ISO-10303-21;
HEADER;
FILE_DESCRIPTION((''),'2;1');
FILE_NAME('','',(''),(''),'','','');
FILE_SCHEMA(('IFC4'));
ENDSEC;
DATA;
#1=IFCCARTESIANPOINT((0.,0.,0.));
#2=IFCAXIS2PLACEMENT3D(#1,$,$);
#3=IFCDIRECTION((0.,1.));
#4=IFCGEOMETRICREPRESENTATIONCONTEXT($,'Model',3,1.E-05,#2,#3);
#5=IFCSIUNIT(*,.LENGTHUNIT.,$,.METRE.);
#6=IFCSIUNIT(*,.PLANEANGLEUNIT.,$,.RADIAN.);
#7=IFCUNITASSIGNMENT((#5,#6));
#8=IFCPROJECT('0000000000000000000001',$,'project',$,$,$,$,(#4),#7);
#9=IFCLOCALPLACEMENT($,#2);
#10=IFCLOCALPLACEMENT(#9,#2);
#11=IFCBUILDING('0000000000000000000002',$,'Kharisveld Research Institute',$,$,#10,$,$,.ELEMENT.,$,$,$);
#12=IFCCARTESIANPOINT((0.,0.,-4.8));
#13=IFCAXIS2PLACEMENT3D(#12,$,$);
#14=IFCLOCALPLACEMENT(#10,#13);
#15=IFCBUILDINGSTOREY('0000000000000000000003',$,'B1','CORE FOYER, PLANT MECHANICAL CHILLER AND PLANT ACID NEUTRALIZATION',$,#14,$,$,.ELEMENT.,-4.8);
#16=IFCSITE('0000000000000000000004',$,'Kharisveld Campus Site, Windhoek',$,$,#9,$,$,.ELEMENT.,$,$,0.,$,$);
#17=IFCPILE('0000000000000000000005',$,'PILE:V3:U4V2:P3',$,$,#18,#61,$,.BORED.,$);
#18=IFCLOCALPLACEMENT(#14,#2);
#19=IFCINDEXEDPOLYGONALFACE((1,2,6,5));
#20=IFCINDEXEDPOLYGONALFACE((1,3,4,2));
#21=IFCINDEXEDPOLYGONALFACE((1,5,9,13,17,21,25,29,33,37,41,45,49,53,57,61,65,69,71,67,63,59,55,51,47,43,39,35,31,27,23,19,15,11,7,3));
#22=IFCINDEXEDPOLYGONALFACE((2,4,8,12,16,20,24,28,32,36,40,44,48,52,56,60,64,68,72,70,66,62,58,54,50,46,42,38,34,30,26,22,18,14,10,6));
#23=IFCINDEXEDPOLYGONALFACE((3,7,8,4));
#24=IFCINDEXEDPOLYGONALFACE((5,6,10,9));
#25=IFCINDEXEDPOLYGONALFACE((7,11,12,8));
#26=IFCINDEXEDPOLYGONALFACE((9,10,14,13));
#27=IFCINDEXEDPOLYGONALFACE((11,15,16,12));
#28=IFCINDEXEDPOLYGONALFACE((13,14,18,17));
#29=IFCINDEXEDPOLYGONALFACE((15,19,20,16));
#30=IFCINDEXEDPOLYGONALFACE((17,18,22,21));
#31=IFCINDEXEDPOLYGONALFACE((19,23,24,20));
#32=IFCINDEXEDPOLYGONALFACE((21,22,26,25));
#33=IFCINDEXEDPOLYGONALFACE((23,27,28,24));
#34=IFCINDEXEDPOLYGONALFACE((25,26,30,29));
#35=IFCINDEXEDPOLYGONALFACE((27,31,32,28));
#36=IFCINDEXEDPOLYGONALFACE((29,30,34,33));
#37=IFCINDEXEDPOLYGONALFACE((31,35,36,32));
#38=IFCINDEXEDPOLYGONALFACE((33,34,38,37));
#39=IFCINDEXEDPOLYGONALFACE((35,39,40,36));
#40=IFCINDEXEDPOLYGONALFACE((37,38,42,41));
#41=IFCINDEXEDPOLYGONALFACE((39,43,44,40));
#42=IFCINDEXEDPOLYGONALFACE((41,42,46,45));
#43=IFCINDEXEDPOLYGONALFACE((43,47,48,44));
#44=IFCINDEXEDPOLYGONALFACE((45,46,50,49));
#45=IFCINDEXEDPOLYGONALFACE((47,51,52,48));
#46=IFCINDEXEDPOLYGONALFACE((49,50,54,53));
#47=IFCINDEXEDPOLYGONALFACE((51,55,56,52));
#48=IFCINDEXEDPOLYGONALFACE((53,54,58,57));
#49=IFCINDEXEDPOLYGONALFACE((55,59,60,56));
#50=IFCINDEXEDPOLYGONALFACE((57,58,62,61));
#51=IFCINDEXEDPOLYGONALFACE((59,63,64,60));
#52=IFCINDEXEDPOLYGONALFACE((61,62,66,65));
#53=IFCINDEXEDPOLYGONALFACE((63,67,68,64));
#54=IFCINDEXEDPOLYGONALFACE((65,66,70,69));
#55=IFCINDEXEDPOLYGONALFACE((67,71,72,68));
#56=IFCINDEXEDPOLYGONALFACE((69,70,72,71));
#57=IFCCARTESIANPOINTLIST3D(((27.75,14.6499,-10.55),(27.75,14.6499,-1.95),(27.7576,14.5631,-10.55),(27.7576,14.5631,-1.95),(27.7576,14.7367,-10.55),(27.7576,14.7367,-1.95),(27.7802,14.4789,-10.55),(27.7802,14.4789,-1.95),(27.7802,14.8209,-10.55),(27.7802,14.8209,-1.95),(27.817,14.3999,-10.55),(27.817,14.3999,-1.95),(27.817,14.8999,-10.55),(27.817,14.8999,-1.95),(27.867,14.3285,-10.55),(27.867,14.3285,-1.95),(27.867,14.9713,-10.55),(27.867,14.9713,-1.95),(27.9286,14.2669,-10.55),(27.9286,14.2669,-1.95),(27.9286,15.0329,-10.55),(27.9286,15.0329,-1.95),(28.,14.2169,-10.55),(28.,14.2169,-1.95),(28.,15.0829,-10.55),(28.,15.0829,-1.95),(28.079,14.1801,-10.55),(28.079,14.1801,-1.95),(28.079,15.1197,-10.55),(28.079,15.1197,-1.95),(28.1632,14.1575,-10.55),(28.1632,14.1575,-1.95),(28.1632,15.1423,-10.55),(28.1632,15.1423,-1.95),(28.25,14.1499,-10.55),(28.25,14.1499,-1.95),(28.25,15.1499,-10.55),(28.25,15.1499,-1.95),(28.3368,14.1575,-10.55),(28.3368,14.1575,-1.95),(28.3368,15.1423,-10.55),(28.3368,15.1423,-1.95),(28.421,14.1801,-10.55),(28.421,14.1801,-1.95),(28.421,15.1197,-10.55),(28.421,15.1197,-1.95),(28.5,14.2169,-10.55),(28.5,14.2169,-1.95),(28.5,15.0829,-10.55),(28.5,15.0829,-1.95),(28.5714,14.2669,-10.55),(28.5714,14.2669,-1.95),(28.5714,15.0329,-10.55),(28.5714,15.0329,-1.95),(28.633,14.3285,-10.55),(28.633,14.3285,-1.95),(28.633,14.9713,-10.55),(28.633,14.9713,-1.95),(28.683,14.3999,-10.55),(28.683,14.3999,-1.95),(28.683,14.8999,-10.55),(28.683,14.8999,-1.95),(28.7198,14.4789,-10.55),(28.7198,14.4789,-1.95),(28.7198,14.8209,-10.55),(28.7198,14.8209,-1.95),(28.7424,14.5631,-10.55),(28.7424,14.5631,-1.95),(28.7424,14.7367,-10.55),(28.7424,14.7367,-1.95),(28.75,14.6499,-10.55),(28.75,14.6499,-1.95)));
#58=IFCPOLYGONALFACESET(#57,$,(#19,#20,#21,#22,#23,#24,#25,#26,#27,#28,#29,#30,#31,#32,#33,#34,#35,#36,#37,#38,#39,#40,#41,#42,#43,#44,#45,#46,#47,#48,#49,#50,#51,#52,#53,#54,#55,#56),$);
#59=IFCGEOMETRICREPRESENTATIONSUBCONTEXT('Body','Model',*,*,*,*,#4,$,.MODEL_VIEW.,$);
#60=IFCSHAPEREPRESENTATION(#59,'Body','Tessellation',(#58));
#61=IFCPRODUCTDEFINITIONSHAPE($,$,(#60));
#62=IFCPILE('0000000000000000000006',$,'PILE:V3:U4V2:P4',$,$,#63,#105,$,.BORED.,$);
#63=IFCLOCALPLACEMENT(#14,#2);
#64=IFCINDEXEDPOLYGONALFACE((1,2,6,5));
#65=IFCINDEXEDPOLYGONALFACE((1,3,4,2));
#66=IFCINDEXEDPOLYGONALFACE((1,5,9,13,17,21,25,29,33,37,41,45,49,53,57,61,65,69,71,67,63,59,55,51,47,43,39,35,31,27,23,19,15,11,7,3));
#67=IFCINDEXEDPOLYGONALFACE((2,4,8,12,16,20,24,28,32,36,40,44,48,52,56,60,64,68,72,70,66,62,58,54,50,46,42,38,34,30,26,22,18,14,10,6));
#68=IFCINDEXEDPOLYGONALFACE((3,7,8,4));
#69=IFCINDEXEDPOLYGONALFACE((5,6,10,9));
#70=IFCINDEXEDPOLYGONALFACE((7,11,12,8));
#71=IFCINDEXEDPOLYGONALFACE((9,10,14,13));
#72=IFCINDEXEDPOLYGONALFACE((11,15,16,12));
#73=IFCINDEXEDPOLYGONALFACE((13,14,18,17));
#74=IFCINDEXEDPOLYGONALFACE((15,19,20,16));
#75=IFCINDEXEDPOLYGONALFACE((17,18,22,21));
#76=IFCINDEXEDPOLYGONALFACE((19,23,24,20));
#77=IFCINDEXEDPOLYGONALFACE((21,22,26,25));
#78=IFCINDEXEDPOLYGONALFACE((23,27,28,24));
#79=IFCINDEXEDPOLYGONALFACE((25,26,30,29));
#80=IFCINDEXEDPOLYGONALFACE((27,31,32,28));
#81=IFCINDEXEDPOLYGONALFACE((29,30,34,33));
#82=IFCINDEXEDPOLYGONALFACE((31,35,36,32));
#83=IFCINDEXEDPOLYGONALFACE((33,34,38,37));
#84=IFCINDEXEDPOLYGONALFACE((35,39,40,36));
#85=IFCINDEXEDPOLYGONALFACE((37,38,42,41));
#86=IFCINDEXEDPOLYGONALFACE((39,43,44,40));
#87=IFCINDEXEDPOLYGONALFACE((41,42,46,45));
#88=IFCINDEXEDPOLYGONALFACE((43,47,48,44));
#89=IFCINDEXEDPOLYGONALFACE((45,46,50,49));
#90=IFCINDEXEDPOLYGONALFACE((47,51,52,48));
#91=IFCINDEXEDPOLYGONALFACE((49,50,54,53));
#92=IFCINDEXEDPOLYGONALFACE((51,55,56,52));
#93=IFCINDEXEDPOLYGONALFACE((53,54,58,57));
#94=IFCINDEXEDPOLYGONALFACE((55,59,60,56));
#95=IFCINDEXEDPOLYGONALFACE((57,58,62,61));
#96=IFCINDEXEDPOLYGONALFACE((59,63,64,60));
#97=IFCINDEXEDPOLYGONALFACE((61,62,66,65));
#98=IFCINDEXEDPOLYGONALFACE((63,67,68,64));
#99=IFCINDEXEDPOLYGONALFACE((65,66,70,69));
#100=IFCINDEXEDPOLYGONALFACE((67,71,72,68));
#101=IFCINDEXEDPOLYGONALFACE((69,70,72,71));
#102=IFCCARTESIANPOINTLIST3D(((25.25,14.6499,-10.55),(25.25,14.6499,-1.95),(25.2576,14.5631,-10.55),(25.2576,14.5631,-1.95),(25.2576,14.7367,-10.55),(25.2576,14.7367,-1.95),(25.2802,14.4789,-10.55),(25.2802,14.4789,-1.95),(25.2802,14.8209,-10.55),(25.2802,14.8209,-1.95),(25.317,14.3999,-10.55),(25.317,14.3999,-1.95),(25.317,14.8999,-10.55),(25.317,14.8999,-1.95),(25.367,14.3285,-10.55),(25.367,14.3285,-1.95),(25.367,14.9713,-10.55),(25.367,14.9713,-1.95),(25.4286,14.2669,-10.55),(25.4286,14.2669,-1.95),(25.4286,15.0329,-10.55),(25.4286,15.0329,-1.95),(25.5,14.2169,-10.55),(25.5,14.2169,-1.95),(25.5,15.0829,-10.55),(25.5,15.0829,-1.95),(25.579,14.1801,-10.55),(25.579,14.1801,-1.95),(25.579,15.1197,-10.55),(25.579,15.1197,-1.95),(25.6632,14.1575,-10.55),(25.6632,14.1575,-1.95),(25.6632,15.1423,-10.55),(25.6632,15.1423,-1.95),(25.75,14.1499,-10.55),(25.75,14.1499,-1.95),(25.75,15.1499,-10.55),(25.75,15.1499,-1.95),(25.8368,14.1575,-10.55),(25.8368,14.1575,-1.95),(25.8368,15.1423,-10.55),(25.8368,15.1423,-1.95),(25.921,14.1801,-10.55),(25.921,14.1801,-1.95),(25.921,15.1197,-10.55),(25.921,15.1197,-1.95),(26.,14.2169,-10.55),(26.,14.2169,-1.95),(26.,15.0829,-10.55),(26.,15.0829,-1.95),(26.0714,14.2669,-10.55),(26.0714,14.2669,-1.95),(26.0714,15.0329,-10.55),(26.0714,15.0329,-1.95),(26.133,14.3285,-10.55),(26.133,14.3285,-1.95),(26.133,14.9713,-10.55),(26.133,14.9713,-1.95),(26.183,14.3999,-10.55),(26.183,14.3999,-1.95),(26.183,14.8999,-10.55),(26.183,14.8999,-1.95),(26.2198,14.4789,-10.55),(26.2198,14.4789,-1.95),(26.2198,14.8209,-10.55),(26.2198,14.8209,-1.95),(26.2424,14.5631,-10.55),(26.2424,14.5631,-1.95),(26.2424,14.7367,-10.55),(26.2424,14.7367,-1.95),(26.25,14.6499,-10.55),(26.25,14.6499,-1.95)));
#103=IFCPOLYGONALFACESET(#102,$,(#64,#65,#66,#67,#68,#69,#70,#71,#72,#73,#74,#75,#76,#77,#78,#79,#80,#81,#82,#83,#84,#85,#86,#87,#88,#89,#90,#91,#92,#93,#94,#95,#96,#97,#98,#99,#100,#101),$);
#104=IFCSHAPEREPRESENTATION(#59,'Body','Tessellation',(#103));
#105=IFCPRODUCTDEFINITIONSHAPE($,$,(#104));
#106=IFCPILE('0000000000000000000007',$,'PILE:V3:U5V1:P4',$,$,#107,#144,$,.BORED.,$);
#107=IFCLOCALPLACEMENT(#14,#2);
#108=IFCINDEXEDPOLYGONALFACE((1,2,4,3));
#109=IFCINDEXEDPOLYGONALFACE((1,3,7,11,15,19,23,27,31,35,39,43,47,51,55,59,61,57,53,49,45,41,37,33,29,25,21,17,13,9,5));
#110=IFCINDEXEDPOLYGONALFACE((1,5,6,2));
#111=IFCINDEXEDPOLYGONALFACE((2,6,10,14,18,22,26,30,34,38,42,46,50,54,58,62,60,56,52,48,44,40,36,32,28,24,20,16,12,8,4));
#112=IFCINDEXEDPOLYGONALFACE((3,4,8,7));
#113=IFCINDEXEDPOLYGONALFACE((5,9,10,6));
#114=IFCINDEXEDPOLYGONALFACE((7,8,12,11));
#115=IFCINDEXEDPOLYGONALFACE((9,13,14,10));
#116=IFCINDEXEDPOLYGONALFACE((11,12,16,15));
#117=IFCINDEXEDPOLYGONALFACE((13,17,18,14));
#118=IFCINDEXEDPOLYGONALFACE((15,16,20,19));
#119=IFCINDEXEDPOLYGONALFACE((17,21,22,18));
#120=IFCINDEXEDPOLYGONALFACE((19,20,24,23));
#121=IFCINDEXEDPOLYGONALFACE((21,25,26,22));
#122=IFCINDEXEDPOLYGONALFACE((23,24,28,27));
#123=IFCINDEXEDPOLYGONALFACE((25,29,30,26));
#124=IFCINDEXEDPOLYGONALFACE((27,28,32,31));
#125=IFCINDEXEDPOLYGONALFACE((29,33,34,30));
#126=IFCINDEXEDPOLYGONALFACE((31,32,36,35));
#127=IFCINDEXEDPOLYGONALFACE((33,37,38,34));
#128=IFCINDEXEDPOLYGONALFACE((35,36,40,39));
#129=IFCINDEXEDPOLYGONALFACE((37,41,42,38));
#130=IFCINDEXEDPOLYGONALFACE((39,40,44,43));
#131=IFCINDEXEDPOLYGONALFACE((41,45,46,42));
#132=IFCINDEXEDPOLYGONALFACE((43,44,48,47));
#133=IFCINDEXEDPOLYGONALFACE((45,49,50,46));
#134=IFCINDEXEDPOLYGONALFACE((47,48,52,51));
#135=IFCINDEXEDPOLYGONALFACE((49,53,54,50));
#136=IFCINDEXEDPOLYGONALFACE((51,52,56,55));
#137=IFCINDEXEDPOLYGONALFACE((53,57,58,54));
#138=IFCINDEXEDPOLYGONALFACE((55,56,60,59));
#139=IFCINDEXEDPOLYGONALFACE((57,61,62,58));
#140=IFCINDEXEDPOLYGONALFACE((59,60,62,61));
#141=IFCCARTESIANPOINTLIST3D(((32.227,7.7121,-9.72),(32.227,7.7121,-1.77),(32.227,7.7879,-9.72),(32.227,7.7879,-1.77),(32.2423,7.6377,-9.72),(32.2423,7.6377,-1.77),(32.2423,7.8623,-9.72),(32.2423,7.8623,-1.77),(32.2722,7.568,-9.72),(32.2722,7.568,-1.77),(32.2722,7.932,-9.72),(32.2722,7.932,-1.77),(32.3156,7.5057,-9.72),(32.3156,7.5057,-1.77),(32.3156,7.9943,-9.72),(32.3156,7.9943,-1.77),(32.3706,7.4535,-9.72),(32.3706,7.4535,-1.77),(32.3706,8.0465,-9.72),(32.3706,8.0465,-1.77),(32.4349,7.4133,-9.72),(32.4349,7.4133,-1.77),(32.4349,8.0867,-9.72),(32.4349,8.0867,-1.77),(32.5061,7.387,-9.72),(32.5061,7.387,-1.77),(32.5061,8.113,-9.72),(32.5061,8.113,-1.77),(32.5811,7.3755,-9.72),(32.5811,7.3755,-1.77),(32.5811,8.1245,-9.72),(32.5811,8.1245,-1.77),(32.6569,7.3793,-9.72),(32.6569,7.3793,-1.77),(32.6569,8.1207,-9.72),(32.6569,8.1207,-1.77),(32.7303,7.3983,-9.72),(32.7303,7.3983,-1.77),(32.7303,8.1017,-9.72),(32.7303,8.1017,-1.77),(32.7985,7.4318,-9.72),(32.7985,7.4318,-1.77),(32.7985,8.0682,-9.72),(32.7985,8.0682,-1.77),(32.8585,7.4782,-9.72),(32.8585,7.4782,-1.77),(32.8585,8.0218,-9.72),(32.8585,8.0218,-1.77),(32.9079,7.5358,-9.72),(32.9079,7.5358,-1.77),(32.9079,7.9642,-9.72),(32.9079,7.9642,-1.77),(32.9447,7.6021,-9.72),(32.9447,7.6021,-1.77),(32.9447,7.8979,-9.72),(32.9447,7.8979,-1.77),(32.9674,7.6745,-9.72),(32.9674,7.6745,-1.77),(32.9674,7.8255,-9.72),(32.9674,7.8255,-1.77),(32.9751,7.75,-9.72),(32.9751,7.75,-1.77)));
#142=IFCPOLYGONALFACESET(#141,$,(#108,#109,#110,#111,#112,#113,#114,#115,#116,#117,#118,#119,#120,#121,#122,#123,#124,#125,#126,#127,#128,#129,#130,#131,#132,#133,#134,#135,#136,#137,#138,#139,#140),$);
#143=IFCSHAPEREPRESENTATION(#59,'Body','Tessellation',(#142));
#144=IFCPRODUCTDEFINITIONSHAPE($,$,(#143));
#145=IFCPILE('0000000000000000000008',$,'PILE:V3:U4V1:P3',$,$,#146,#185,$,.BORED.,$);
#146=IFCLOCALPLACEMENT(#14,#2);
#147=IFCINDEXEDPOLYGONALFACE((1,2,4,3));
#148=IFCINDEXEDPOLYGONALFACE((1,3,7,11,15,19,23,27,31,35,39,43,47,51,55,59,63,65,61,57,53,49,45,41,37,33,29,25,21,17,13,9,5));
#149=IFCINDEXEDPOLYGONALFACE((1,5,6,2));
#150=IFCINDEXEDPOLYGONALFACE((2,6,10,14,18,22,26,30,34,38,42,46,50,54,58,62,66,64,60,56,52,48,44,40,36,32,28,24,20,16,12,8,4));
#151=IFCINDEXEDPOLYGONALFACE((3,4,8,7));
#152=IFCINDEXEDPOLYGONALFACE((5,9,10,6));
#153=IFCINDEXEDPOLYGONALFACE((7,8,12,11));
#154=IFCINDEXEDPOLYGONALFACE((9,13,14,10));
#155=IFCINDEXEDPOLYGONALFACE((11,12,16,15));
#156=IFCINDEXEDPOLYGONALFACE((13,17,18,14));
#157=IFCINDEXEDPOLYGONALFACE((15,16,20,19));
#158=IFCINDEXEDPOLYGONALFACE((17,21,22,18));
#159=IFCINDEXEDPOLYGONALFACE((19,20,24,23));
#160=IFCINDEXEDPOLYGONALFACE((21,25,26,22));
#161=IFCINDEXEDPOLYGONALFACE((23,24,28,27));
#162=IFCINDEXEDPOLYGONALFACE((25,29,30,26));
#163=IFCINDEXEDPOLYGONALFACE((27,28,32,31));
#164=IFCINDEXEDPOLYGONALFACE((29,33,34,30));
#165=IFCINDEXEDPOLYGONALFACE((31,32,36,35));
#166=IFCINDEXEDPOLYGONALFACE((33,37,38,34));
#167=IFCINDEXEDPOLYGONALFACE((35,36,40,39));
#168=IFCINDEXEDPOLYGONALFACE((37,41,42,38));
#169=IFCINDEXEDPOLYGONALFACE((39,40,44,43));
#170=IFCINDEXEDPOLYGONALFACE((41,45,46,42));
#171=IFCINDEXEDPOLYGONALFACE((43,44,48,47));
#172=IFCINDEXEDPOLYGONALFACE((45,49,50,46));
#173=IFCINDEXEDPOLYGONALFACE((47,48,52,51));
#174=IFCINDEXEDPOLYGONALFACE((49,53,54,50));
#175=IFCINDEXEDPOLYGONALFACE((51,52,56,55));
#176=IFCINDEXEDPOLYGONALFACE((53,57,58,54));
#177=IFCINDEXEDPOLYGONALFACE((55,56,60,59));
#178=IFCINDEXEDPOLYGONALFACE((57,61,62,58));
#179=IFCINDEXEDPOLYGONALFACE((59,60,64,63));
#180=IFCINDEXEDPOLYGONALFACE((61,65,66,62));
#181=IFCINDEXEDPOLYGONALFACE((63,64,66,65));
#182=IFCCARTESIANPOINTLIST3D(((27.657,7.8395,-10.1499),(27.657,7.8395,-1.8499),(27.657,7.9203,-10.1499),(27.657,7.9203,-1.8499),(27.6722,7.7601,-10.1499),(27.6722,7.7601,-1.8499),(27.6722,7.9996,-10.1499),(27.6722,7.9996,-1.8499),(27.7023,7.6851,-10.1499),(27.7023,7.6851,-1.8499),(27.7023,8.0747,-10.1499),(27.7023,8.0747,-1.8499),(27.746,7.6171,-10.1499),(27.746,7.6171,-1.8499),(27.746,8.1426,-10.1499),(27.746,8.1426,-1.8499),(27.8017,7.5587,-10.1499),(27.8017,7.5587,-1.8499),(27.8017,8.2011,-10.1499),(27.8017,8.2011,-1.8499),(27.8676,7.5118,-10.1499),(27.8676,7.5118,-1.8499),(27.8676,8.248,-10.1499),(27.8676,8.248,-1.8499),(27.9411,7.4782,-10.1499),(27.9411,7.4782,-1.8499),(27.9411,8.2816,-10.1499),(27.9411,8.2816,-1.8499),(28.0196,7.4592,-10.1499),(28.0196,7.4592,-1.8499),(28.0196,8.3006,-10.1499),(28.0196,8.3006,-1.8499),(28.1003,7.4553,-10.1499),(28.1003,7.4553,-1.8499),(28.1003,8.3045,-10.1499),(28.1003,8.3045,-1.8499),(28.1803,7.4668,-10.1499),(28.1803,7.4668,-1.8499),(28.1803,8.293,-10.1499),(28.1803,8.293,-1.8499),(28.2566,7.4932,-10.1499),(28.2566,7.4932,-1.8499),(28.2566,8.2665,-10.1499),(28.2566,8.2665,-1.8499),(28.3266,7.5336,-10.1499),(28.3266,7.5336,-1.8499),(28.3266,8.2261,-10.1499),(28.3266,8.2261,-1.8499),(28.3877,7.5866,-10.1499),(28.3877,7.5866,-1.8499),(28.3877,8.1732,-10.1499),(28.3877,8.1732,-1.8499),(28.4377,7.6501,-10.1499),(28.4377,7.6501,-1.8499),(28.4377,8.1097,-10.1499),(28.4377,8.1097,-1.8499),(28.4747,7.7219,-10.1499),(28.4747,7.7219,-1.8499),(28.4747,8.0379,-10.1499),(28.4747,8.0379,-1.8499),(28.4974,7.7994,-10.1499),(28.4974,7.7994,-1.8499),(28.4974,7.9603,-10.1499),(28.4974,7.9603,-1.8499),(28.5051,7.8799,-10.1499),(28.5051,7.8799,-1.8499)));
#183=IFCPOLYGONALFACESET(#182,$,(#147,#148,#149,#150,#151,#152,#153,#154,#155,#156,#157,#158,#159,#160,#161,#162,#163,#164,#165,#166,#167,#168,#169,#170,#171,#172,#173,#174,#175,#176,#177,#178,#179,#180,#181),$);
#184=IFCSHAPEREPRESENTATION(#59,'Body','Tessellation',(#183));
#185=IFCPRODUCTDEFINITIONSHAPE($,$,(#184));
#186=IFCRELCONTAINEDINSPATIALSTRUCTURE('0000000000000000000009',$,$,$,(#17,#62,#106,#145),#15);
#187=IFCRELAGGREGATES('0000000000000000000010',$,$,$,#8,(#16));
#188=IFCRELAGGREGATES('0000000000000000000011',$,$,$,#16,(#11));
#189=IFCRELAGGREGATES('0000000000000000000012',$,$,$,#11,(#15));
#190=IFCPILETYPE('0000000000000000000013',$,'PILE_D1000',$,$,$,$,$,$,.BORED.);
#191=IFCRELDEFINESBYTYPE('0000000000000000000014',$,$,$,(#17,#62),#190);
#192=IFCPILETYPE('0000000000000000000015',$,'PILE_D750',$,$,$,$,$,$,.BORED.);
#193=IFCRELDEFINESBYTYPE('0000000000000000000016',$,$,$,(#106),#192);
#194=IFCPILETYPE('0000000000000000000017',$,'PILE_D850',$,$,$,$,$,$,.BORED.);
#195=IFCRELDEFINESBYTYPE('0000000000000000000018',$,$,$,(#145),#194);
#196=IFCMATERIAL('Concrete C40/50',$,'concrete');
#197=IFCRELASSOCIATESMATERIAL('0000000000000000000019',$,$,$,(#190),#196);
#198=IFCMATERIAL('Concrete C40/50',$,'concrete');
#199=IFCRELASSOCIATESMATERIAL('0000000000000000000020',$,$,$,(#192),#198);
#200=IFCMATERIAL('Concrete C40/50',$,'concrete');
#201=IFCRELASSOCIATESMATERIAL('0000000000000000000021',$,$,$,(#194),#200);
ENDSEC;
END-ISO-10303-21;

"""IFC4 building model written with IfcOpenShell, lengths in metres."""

from ifc_helpers import new_model, si_unit, direction, frame, origin, origin_2d, place, context, subcontext, project, spatial, circle, extrude, material, material_profile, profile_set, type_object, element, save


model = new_model("IFC4")

# Units and contexts
model_context = context("Model", 3, precision=1e-05, world=origin(), true_north=direction((0.0, 1.0)))
body_context = subcontext(model_context, "Body", "Model", "MODEL_VIEW")
ifc_project = project(units=[si_unit("LENGTHUNIT", "METRE"), si_unit("PLANEANGLEUNIT", "RADIAN")], contexts=[model_context])

# Site, building, storey
site_placement = place(None, origin())
site = spatial("IfcSite", under=ifc_project, at=site_placement, Name="Kharisveld Campus Site, Windhoek", CompositionType="ELEMENT", RefElevation=0.0)
building_placement = place(site_placement, origin())
building = spatial("IfcBuilding", under=site, at=building_placement, Name="Kharisveld Research Institute", CompositionType="ELEMENT")
storey_placement = place(building_placement, frame((0.0, 0.0, -4.8)))
storey = spatial("IfcBuildingStorey", under=building, at=storey_placement, Name="B1", Description="CORE FOYER, PLANT MECHANICAL CHILLER AND PLANT ACID NEUTRALIZATION", CompositionType="ELEMENT", Elevation=-4.8)

# Piles
ifc_material_1 = material(Name="Concrete C40/50", Category="concrete")
ifc_material_profile_1 = material_profile(ifc_material_1, circle(Radius=0.5, at=origin_2d()))
ifc_profile_set_1 = profile_set([ifc_material_profile_1], Name="Concrete C40/50")
pile_type_1 = type_object("IfcPileType", Name="PILE_D1000", PredefinedType="BORED", material=ifc_profile_set_1)
for number, where, z_axis, x_axis, name in (
    (1, (28.25, 14.6499, -1.95), (0.0, 0.0, -1.0), (1.0, 0.0, 0.0), "PILE:V3:U4V2:P3"),
    (2, (25.75, 14.6499, -1.95), (0.0, 0.0, -1.0), (1.0, 0.0, 0.0), "PILE:V3:U4V2:P4"),
):
    element("IfcPile", number, at=place(storey_placement, frame(where, z_axis=z_axis, x_axis=x_axis)), inside=storey, type_object=pile_type_1, Name=name, PredefinedType="BORED", context=body_context, shape_type="SweptSolid", body=[
        extrude(circle(Radius=0.5, at=origin_2d()), origin(), (0.0, 0.0, 1.0), 8.6001),
    ])
ifc_material_2 = material(Name="Concrete C40/50", Category="concrete")
ifc_material_profile_2 = material_profile(ifc_material_2, circle(Radius=0.375, at=origin_2d()))
ifc_profile_set_2 = profile_set([ifc_material_profile_2], Name="Concrete C40/50")
pile_type_2 = type_object("IfcPileType", Name="PILE_D750", PredefinedType="BORED", material=ifc_profile_set_2)
pile_placement = place(storey_placement, frame((32.6001, 7.75, -1.77), z_axis=(0.0, 0.0, -1.0), x_axis=(1.0, 0.0, 0.0)))
element("IfcPile", 3, at=pile_placement, inside=storey, type_object=pile_type_2, Name="PILE:V3:U5V1:P4", PredefinedType="BORED", context=body_context, shape_type="SweptSolid", body=[
    extrude(circle(Radius=0.375, at=origin_2d()), origin(), (0.0, 0.0, 1.0), 7.95),
])
ifc_material_3 = material(Name="Concrete C40/50", Category="concrete")
ifc_material_profile_3 = material_profile(ifc_material_3, circle(Radius=0.425, at=origin_2d()))
ifc_profile_set_3 = profile_set([ifc_material_profile_3], Name="Concrete C40/50")
pile_type_3 = type_object("IfcPileType", Name="PILE_D850", PredefinedType="BORED", material=ifc_profile_set_3)
for number, where, z_axis, x_axis, name in (
    (4, (28.0801, 7.8799, -1.8499), (0.0, 0.0, -1.0), (1.0, 0.0, 0.0), "PILE:V3:U4V1:P3"),
):
    element("IfcPile", number, at=place(storey_placement, frame(where, z_axis=z_axis, x_axis=x_axis)), inside=storey, type_object=pile_type_3, Name=name, PredefinedType="BORED", context=body_context, shape_type="SweptSolid", body=[
        extrude(circle(Radius=0.425, at=origin_2d()), origin(), (0.0, 0.0, 1.0), 8.3),
    ])

save(model, "model.ifc")
